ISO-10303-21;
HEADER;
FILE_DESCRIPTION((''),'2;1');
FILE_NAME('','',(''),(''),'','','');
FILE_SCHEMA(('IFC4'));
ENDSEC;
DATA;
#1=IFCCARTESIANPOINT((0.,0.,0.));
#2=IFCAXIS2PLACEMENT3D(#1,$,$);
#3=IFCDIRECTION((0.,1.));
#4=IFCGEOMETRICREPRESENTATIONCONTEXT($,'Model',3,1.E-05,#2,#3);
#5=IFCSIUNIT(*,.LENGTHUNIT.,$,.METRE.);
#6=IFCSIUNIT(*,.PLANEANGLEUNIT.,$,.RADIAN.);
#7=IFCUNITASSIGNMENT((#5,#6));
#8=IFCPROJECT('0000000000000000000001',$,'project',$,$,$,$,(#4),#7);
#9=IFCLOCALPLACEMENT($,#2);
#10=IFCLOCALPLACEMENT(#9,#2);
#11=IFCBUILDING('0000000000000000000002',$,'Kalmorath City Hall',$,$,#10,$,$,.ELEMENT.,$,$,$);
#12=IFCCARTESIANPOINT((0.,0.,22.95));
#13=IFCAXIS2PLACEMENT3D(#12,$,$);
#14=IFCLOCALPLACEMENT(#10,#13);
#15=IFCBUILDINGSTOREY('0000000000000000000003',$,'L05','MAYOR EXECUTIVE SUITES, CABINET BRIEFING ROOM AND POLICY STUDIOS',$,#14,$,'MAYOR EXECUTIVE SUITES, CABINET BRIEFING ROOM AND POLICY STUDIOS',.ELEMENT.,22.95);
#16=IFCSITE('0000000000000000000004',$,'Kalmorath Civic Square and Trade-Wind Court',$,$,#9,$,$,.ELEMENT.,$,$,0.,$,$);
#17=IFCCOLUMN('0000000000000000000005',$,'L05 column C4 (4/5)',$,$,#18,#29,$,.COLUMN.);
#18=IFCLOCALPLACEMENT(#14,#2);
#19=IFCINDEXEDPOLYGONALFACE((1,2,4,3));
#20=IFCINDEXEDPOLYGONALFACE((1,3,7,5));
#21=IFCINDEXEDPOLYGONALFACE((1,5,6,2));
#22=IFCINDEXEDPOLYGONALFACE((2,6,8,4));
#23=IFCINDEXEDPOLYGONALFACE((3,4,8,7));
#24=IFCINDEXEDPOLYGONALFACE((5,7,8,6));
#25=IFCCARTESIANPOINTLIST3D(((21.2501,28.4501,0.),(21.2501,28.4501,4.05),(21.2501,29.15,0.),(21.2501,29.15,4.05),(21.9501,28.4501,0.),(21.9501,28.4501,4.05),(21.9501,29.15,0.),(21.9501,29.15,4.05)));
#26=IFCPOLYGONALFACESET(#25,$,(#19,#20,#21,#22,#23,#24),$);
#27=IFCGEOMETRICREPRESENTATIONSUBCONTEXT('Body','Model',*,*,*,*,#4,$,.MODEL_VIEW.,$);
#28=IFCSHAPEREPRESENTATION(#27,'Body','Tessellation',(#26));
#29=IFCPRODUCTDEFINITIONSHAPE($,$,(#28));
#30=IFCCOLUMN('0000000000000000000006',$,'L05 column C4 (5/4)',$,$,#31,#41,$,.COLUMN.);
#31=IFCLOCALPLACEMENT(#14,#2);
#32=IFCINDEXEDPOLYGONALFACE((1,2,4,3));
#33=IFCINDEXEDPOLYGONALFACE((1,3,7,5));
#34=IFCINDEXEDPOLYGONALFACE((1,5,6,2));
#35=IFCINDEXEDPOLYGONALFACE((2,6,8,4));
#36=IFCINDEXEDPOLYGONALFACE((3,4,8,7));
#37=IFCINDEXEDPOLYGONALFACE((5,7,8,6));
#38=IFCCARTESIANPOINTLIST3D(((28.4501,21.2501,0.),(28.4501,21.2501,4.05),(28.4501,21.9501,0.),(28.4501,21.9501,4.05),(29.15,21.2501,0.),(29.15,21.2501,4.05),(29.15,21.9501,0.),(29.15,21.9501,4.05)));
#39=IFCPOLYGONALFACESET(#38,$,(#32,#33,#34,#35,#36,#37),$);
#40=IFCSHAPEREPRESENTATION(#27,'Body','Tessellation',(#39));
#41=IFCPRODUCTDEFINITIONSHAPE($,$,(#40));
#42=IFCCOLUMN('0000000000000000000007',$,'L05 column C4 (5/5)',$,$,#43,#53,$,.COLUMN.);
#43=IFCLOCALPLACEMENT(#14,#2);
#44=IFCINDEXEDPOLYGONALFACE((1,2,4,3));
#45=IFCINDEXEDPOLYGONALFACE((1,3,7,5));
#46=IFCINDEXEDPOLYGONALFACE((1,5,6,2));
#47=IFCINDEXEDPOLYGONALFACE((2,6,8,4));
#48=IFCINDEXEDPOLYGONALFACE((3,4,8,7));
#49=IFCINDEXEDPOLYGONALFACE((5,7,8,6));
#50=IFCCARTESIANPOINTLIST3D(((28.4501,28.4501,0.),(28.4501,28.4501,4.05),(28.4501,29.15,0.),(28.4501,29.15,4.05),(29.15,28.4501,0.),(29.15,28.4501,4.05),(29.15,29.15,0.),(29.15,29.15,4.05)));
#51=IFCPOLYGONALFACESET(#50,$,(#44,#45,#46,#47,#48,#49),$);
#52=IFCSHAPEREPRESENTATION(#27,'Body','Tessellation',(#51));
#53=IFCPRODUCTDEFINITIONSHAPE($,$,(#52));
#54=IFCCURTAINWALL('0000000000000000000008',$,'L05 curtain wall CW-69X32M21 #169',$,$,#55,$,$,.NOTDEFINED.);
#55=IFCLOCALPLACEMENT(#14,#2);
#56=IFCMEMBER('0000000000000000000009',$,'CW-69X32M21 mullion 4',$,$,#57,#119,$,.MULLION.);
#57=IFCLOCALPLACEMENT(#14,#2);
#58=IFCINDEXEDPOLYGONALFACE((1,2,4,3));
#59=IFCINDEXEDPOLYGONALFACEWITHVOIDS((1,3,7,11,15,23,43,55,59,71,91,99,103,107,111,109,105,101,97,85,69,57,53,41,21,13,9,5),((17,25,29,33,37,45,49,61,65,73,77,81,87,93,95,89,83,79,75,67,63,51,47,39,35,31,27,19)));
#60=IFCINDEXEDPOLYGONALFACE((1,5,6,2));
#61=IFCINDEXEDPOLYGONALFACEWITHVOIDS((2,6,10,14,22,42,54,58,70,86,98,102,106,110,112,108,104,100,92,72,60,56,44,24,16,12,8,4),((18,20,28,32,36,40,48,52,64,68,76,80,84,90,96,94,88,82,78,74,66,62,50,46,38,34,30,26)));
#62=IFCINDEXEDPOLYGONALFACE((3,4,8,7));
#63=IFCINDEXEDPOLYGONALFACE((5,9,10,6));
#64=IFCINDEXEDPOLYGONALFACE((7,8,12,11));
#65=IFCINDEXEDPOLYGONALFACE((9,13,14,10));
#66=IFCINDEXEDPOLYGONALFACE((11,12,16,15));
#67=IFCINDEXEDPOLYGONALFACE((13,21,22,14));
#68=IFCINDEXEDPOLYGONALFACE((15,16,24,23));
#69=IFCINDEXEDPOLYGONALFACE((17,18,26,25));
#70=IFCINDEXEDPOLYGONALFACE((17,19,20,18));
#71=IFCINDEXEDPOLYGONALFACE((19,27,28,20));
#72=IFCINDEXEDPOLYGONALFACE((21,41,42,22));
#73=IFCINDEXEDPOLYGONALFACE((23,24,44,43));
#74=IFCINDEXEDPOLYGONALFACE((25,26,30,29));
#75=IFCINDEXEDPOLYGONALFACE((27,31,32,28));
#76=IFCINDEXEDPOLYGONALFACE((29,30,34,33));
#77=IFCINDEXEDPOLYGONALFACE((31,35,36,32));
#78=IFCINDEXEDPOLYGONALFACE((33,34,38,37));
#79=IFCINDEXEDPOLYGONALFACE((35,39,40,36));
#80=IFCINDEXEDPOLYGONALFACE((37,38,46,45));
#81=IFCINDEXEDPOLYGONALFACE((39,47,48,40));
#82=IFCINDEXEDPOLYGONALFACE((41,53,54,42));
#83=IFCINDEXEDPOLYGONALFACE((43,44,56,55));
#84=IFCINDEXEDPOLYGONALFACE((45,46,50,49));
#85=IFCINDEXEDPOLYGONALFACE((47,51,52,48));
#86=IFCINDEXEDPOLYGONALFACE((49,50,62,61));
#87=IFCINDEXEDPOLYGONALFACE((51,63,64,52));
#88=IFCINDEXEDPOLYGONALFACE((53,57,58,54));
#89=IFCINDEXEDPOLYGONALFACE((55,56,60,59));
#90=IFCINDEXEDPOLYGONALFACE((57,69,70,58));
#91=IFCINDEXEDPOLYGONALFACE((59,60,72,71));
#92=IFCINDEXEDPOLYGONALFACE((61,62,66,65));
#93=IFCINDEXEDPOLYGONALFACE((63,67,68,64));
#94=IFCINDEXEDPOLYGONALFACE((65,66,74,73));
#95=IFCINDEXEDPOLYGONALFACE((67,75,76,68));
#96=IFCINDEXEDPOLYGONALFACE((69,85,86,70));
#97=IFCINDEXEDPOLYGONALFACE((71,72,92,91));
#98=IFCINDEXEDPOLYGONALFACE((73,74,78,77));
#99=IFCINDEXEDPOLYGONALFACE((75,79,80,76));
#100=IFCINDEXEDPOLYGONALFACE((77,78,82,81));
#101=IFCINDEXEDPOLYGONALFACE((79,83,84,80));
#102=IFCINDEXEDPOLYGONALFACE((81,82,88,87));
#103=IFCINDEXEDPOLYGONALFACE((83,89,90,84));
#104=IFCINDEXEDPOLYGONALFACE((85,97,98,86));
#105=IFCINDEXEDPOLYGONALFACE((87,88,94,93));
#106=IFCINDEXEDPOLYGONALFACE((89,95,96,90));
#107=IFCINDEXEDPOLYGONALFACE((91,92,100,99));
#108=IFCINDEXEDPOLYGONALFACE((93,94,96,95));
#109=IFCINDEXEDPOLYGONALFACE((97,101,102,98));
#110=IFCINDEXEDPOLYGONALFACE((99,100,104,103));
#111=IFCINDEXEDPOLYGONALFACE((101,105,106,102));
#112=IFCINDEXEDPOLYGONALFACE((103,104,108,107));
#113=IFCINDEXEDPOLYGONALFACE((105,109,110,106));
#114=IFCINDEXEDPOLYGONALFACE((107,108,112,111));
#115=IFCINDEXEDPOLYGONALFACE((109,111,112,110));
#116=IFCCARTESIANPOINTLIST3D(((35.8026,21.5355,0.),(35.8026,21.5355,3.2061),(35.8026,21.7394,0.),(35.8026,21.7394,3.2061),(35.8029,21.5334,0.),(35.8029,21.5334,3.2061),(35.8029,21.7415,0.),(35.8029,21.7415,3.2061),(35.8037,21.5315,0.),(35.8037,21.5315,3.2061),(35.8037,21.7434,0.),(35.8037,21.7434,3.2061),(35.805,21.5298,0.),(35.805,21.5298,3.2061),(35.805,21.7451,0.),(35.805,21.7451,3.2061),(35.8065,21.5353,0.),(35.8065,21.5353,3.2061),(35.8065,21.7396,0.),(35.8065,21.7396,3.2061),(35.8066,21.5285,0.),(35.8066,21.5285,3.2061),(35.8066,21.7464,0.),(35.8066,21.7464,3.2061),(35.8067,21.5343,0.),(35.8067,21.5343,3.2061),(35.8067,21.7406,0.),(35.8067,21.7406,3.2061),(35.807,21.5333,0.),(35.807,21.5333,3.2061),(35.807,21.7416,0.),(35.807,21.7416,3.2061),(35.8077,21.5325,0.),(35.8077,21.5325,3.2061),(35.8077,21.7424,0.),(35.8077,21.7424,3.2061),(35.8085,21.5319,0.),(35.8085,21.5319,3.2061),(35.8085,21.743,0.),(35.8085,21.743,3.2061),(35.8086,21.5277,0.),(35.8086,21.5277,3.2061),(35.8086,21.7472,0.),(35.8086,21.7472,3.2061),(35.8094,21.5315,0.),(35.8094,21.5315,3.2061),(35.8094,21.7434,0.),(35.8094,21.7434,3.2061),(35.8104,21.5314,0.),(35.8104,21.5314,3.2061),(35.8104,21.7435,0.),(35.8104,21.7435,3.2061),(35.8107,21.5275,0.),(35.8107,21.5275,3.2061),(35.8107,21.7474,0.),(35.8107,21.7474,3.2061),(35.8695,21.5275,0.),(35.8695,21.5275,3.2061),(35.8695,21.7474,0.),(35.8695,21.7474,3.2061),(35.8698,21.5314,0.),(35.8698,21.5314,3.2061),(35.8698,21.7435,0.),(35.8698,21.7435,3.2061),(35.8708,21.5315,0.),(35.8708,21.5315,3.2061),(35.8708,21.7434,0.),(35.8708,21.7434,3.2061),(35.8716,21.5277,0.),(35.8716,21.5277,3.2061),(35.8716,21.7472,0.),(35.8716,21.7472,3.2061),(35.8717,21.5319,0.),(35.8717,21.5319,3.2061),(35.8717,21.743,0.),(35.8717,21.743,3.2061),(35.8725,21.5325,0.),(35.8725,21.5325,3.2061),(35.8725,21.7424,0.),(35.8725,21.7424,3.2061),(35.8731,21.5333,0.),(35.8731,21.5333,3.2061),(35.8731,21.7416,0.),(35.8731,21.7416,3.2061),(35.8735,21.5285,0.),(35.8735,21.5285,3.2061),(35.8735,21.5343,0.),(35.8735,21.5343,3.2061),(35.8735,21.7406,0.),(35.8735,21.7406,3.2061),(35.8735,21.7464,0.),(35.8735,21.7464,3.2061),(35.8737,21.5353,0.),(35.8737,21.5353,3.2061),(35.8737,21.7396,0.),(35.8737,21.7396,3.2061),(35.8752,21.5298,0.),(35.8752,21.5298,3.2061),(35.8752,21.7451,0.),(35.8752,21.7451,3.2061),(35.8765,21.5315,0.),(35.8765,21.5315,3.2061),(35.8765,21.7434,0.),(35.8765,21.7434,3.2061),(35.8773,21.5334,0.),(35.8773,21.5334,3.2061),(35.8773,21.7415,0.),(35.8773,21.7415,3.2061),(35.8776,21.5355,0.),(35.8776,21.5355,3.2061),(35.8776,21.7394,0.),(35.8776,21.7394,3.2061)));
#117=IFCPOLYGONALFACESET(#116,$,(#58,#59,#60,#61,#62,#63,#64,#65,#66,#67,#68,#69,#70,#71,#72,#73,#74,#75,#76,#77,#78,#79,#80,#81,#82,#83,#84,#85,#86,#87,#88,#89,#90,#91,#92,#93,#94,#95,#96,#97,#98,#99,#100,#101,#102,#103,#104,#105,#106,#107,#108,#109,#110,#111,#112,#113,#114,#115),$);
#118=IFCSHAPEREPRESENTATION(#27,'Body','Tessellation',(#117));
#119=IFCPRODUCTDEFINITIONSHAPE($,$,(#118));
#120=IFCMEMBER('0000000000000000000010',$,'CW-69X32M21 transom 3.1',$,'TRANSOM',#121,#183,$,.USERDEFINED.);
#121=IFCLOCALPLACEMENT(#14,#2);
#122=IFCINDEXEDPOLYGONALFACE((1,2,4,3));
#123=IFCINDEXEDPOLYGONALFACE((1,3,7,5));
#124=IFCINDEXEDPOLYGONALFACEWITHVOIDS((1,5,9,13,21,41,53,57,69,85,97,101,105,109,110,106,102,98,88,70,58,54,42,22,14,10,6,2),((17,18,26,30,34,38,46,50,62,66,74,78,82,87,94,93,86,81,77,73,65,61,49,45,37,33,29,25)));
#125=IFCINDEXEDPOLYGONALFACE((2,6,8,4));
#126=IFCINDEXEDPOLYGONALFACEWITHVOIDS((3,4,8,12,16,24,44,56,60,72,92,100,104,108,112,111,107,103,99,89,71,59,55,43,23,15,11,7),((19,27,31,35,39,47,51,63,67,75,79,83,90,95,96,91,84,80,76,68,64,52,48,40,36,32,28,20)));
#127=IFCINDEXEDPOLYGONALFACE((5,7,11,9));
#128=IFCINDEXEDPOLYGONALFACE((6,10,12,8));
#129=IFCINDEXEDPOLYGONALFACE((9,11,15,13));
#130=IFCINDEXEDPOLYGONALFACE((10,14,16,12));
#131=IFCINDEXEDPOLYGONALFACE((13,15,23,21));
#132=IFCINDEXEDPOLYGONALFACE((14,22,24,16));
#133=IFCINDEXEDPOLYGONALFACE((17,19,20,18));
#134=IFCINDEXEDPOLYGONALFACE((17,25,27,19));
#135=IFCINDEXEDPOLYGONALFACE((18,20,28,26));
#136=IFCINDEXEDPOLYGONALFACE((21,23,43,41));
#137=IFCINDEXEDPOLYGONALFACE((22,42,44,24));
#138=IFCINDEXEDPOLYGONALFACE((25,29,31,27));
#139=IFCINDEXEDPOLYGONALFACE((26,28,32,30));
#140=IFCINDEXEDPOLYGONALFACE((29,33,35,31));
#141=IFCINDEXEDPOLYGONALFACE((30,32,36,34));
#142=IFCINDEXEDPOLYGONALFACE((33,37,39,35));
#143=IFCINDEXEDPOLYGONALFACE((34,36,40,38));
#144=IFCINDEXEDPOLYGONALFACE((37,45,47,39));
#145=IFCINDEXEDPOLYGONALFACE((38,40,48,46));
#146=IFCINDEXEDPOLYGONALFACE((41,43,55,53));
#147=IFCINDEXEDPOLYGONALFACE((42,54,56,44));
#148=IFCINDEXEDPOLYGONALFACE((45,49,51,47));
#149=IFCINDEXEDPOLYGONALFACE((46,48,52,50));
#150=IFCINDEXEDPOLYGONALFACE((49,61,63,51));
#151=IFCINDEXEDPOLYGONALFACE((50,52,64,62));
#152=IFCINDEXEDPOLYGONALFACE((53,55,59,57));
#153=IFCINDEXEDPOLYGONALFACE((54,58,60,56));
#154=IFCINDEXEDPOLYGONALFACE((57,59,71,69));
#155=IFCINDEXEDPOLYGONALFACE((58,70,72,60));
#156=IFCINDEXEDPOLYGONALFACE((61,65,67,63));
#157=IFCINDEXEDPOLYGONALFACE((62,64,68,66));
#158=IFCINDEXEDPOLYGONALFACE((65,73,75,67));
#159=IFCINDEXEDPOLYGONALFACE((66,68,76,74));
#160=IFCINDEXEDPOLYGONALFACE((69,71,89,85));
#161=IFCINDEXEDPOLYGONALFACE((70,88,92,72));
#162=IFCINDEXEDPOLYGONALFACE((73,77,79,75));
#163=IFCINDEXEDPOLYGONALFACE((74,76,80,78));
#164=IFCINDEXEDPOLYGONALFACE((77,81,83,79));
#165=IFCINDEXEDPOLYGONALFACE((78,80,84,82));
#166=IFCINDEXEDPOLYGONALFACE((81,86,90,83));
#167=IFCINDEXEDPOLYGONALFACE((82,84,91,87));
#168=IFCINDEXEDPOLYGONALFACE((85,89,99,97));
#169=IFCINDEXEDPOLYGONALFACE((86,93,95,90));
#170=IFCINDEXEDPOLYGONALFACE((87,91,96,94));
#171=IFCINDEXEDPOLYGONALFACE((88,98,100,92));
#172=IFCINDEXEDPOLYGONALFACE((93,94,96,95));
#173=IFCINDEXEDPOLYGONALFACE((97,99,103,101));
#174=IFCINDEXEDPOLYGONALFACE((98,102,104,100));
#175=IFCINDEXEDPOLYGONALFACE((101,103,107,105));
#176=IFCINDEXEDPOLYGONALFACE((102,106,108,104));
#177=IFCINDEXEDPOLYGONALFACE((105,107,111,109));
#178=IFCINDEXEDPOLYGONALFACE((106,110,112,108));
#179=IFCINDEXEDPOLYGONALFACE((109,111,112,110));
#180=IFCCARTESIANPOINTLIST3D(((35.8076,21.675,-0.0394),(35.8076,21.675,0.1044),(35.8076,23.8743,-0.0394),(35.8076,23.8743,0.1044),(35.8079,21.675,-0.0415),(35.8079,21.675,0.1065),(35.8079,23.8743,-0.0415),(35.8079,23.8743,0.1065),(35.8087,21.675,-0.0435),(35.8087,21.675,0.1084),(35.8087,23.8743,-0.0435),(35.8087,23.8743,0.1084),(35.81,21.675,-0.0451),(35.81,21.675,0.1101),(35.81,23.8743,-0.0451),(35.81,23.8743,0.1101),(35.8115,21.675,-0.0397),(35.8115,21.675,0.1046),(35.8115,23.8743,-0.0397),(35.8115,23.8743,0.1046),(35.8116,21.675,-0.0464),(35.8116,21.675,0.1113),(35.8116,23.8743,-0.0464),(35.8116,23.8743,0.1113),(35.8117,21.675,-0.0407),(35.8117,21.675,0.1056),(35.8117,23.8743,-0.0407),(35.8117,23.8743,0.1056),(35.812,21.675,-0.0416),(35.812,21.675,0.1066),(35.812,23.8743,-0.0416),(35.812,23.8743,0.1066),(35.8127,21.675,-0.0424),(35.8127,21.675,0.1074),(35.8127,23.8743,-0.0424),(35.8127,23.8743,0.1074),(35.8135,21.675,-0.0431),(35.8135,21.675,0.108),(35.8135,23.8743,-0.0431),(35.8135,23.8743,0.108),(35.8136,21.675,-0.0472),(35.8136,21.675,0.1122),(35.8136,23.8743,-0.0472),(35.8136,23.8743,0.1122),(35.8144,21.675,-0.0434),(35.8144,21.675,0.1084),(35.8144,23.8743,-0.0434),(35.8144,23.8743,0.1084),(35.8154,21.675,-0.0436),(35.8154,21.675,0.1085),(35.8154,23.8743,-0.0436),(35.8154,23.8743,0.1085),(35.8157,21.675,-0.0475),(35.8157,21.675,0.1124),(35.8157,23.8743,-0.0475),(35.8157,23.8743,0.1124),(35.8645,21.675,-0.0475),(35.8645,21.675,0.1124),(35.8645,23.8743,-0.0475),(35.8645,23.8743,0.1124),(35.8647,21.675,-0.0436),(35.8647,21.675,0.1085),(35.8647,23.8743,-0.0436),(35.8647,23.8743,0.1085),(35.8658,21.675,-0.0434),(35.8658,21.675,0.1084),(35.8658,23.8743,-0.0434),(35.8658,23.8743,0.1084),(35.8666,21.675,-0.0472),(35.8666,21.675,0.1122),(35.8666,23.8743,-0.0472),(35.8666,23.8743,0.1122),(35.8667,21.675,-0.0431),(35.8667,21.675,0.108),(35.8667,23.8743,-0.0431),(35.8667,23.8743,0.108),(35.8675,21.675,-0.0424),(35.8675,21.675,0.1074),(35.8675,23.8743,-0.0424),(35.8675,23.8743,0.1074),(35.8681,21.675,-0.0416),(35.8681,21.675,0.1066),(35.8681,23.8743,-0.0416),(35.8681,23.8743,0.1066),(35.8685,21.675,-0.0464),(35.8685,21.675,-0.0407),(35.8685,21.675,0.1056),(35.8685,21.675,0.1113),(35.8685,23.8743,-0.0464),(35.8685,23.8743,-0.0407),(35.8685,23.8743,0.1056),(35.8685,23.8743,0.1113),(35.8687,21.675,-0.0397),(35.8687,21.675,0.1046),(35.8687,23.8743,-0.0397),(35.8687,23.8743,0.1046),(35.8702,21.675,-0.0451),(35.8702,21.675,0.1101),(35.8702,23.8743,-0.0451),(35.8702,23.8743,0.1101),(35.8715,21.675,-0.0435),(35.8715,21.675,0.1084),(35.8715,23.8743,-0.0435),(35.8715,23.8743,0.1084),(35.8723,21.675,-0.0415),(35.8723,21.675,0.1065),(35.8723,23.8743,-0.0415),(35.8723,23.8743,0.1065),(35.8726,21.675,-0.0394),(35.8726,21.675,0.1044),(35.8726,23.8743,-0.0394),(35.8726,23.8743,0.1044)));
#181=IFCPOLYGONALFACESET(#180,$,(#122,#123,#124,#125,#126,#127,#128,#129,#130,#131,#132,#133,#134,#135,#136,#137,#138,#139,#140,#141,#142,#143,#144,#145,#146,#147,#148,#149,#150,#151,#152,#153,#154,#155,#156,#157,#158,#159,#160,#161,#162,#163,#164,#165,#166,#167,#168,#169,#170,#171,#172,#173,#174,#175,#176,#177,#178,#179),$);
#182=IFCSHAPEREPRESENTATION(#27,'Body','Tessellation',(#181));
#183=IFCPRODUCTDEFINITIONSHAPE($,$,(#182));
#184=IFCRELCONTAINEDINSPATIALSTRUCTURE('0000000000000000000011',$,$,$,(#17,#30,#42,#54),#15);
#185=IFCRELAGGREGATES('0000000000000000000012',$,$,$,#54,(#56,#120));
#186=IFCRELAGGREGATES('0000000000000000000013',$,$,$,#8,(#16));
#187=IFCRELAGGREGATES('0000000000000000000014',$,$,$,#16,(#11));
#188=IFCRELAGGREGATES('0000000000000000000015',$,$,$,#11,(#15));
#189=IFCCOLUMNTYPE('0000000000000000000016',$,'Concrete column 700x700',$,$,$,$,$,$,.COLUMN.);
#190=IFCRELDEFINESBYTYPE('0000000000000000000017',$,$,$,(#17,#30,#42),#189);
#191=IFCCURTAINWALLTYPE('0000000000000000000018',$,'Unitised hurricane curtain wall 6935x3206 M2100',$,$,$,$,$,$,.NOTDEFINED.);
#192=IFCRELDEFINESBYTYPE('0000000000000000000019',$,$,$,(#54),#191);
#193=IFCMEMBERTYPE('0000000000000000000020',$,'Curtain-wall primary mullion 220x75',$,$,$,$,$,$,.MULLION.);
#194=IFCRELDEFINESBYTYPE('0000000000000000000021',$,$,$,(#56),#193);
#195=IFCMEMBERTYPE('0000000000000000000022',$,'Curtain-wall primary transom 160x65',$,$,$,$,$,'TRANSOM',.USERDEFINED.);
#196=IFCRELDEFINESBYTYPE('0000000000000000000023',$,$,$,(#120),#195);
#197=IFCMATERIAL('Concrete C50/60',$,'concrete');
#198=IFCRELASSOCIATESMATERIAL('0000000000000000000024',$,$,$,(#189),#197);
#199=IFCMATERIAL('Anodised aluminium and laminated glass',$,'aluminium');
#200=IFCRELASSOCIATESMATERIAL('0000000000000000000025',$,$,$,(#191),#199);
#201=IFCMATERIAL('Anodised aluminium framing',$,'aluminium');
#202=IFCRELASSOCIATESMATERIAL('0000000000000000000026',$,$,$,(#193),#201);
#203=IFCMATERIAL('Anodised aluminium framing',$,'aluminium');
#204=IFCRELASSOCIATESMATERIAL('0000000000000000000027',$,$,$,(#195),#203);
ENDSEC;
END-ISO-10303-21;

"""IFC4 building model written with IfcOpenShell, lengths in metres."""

from ifc_helpers import new_model, si_unit, direction, frame, origin, origin_2d, place, context, subcontext, project, spatial, rectangle, hollow_rectangle, extrude, material, material_profile, profile_set, type_object, element, aggregate, save


model = new_model("IFC4")

# Units and contexts
model_context = context("Model", 3, precision=1e-05, world=origin(), true_north=direction((0.0, 1.0)))
body_context = subcontext(model_context, "Body", "Model", "MODEL_VIEW")
ifc_project = project(units=[si_unit("LENGTHUNIT", "METRE"), si_unit("PLANEANGLEUNIT", "RADIAN")], contexts=[model_context])

# Site, building, storey
site_placement = place(None, origin())
site = spatial("IfcSite", under=ifc_project, at=site_placement, Name="Kalmorath Civic Square and Trade-Wind Court", CompositionType="ELEMENT", RefElevation=0.0)
building_placement = place(site_placement, origin())
building = spatial("IfcBuilding", under=site, at=building_placement, Name="Kalmorath City Hall", CompositionType="ELEMENT")
storey_placement = place(building_placement, frame((0.0, 0.0, 22.95)))
storey = spatial("IfcBuildingStorey", under=building, at=storey_placement, Name="L05", Description="MAYOR EXECUTIVE SUITES, CABINET BRIEFING ROOM AND POLICY STUDIOS", LongName="MAYOR EXECUTIVE SUITES, CABINET BRIEFING ROOM AND POLICY STUDIOS", CompositionType="ELEMENT", Elevation=22.95)

# Columns
ifc_material_1 = material(Name="Concrete C50/60", Category="concrete")
ifc_material_profile_1 = material_profile(ifc_material_1, rectangle(XDim=0.7, YDim=0.7, at=origin_2d()), Name="RC-COL-700X700")
ifc_profile_set_1 = profile_set([ifc_material_profile_1], Name="Concrete C50/60")
column_type = type_object("IfcColumnType", Name="Concrete column 700x700", PredefinedType="COLUMN", material=ifc_profile_set_1)
for number, where, z_axis, x_axis, name in (
    (1, (21.6001, 28.8, 0.0), (0.0, 0.0, 1.0), (1.0, 0.0, 0.0), "L05 column C4 (4/5)"),
    (2, (28.8, 21.6001, 0.0), (0.0, 0.0, 1.0), (1.0, 0.0, 0.0), "L05 column C4 (5/4)"),
    (3, (28.8, 28.8, 0.0), (0.0, 0.0, 1.0), (1.0, 0.0, 0.0), "L05 column C4 (5/5)"),
):
    element("IfcColumn", number, at=place(storey_placement, frame(where, z_axis=z_axis, x_axis=x_axis)), inside=storey, type_object=column_type, Name=name, PredefinedType="COLUMN", context=body_context, shape_type="SweptSolid", body=[
        extrude(rectangle(XDim=0.7, YDim=0.7, at=origin_2d()), origin(), (0.0, 0.0, 1.0), 4.05),
    ])

# Curtain wall, members
ifc_material_2 = material(Name="Anodised aluminium and laminated glass", Category="aluminium")
curtain_wall_type = type_object("IfcCurtainWallType", Name="Unitised hurricane curtain wall 6935x3206 M2100", PredefinedType="NOTDEFINED", material=ifc_material_2)
curtain_wall_placement = place(storey_placement, origin())
curtain_wall = element("IfcCurtainWall", 4, at=curtain_wall_placement, inside=storey, type_object=curtain_wall_type, Name="L05 curtain wall CW-69X32M21 #169", PredefinedType="NOTDEFINED")
ifc_material_3 = material(Name="Anodised aluminium framing", Category="aluminium")
ifc_material_profile_2 = material_profile(ifc_material_3, hollow_rectangle(XDim=0.075, YDim=0.22, WallThickness=0.0039, InnerFilletRadius=0.0039, OuterFilletRadius=0.0081, at=origin_2d()), Name="ALU-MUL-220X75X4")
ifc_profile_set_2 = profile_set([ifc_material_profile_2], Name="Anodised aluminium framing")
member_type_1 = type_object("IfcMemberType", Name="Curtain-wall primary mullion 220x75", PredefinedType="MULLION", material=ifc_profile_set_2)
member_1_placement = place(storey_placement, frame((35.8401, 21.6375, 0.0), z_axis=(0.0, 0.0, 1.0), x_axis=(1.0, 0.0, 0.0)))
member_1 = element("IfcMember", 5, at=member_1_placement, type_object=member_type_1, Name="CW-69X32M21 mullion 4", PredefinedType="MULLION", context=body_context, shape_type="SweptSolid", body=[
    extrude(hollow_rectangle(XDim=0.075, YDim=0.22, WallThickness=0.0039, InnerFilletRadius=0.0039, OuterFilletRadius=0.0081, at=origin_2d()), origin(), (0.0, 0.0, 1.0), 3.2061),
])
ifc_material_4 = material(Name="Anodised aluminium framing", Category="aluminium")
ifc_material_profile_3 = material_profile(ifc_material_4, hollow_rectangle(XDim=0.0649, YDim=0.1599, WallThickness=0.0039, InnerFilletRadius=0.0039, OuterFilletRadius=0.0081, at=origin_2d()), Name="ALU-TRN-160X65X4")
ifc_profile_set_3 = profile_set([ifc_material_profile_3], Name="Anodised aluminium framing")
member_type_2 = type_object("IfcMemberType", Name="Curtain-wall primary transom 160x65", ElementType="TRANSOM", PredefinedType="USERDEFINED", material=ifc_profile_set_3)
member_2_placement = place(storey_placement, frame((35.8401, 23.8743, 0.0325), z_axis=(0.0, -1.0, 0.0), x_axis=(1.0, 0.0, 0.0)))
member_2 = element("IfcMember", 6, at=member_2_placement, type_object=member_type_2, Name="CW-69X32M21 transom 3.1", ObjectType="TRANSOM", PredefinedType="USERDEFINED", context=body_context, shape_type="SweptSolid", body=[
    extrude(hollow_rectangle(XDim=0.0649, YDim=0.1599, WallThickness=0.0039, InnerFilletRadius=0.0039, OuterFilletRadius=0.0081, at=origin_2d()), origin(), (0.0, 0.0, 1.0), 2.1992),
])

aggregate(curtain_wall, [member_1, member_2])

save(model, "model.ifc")
